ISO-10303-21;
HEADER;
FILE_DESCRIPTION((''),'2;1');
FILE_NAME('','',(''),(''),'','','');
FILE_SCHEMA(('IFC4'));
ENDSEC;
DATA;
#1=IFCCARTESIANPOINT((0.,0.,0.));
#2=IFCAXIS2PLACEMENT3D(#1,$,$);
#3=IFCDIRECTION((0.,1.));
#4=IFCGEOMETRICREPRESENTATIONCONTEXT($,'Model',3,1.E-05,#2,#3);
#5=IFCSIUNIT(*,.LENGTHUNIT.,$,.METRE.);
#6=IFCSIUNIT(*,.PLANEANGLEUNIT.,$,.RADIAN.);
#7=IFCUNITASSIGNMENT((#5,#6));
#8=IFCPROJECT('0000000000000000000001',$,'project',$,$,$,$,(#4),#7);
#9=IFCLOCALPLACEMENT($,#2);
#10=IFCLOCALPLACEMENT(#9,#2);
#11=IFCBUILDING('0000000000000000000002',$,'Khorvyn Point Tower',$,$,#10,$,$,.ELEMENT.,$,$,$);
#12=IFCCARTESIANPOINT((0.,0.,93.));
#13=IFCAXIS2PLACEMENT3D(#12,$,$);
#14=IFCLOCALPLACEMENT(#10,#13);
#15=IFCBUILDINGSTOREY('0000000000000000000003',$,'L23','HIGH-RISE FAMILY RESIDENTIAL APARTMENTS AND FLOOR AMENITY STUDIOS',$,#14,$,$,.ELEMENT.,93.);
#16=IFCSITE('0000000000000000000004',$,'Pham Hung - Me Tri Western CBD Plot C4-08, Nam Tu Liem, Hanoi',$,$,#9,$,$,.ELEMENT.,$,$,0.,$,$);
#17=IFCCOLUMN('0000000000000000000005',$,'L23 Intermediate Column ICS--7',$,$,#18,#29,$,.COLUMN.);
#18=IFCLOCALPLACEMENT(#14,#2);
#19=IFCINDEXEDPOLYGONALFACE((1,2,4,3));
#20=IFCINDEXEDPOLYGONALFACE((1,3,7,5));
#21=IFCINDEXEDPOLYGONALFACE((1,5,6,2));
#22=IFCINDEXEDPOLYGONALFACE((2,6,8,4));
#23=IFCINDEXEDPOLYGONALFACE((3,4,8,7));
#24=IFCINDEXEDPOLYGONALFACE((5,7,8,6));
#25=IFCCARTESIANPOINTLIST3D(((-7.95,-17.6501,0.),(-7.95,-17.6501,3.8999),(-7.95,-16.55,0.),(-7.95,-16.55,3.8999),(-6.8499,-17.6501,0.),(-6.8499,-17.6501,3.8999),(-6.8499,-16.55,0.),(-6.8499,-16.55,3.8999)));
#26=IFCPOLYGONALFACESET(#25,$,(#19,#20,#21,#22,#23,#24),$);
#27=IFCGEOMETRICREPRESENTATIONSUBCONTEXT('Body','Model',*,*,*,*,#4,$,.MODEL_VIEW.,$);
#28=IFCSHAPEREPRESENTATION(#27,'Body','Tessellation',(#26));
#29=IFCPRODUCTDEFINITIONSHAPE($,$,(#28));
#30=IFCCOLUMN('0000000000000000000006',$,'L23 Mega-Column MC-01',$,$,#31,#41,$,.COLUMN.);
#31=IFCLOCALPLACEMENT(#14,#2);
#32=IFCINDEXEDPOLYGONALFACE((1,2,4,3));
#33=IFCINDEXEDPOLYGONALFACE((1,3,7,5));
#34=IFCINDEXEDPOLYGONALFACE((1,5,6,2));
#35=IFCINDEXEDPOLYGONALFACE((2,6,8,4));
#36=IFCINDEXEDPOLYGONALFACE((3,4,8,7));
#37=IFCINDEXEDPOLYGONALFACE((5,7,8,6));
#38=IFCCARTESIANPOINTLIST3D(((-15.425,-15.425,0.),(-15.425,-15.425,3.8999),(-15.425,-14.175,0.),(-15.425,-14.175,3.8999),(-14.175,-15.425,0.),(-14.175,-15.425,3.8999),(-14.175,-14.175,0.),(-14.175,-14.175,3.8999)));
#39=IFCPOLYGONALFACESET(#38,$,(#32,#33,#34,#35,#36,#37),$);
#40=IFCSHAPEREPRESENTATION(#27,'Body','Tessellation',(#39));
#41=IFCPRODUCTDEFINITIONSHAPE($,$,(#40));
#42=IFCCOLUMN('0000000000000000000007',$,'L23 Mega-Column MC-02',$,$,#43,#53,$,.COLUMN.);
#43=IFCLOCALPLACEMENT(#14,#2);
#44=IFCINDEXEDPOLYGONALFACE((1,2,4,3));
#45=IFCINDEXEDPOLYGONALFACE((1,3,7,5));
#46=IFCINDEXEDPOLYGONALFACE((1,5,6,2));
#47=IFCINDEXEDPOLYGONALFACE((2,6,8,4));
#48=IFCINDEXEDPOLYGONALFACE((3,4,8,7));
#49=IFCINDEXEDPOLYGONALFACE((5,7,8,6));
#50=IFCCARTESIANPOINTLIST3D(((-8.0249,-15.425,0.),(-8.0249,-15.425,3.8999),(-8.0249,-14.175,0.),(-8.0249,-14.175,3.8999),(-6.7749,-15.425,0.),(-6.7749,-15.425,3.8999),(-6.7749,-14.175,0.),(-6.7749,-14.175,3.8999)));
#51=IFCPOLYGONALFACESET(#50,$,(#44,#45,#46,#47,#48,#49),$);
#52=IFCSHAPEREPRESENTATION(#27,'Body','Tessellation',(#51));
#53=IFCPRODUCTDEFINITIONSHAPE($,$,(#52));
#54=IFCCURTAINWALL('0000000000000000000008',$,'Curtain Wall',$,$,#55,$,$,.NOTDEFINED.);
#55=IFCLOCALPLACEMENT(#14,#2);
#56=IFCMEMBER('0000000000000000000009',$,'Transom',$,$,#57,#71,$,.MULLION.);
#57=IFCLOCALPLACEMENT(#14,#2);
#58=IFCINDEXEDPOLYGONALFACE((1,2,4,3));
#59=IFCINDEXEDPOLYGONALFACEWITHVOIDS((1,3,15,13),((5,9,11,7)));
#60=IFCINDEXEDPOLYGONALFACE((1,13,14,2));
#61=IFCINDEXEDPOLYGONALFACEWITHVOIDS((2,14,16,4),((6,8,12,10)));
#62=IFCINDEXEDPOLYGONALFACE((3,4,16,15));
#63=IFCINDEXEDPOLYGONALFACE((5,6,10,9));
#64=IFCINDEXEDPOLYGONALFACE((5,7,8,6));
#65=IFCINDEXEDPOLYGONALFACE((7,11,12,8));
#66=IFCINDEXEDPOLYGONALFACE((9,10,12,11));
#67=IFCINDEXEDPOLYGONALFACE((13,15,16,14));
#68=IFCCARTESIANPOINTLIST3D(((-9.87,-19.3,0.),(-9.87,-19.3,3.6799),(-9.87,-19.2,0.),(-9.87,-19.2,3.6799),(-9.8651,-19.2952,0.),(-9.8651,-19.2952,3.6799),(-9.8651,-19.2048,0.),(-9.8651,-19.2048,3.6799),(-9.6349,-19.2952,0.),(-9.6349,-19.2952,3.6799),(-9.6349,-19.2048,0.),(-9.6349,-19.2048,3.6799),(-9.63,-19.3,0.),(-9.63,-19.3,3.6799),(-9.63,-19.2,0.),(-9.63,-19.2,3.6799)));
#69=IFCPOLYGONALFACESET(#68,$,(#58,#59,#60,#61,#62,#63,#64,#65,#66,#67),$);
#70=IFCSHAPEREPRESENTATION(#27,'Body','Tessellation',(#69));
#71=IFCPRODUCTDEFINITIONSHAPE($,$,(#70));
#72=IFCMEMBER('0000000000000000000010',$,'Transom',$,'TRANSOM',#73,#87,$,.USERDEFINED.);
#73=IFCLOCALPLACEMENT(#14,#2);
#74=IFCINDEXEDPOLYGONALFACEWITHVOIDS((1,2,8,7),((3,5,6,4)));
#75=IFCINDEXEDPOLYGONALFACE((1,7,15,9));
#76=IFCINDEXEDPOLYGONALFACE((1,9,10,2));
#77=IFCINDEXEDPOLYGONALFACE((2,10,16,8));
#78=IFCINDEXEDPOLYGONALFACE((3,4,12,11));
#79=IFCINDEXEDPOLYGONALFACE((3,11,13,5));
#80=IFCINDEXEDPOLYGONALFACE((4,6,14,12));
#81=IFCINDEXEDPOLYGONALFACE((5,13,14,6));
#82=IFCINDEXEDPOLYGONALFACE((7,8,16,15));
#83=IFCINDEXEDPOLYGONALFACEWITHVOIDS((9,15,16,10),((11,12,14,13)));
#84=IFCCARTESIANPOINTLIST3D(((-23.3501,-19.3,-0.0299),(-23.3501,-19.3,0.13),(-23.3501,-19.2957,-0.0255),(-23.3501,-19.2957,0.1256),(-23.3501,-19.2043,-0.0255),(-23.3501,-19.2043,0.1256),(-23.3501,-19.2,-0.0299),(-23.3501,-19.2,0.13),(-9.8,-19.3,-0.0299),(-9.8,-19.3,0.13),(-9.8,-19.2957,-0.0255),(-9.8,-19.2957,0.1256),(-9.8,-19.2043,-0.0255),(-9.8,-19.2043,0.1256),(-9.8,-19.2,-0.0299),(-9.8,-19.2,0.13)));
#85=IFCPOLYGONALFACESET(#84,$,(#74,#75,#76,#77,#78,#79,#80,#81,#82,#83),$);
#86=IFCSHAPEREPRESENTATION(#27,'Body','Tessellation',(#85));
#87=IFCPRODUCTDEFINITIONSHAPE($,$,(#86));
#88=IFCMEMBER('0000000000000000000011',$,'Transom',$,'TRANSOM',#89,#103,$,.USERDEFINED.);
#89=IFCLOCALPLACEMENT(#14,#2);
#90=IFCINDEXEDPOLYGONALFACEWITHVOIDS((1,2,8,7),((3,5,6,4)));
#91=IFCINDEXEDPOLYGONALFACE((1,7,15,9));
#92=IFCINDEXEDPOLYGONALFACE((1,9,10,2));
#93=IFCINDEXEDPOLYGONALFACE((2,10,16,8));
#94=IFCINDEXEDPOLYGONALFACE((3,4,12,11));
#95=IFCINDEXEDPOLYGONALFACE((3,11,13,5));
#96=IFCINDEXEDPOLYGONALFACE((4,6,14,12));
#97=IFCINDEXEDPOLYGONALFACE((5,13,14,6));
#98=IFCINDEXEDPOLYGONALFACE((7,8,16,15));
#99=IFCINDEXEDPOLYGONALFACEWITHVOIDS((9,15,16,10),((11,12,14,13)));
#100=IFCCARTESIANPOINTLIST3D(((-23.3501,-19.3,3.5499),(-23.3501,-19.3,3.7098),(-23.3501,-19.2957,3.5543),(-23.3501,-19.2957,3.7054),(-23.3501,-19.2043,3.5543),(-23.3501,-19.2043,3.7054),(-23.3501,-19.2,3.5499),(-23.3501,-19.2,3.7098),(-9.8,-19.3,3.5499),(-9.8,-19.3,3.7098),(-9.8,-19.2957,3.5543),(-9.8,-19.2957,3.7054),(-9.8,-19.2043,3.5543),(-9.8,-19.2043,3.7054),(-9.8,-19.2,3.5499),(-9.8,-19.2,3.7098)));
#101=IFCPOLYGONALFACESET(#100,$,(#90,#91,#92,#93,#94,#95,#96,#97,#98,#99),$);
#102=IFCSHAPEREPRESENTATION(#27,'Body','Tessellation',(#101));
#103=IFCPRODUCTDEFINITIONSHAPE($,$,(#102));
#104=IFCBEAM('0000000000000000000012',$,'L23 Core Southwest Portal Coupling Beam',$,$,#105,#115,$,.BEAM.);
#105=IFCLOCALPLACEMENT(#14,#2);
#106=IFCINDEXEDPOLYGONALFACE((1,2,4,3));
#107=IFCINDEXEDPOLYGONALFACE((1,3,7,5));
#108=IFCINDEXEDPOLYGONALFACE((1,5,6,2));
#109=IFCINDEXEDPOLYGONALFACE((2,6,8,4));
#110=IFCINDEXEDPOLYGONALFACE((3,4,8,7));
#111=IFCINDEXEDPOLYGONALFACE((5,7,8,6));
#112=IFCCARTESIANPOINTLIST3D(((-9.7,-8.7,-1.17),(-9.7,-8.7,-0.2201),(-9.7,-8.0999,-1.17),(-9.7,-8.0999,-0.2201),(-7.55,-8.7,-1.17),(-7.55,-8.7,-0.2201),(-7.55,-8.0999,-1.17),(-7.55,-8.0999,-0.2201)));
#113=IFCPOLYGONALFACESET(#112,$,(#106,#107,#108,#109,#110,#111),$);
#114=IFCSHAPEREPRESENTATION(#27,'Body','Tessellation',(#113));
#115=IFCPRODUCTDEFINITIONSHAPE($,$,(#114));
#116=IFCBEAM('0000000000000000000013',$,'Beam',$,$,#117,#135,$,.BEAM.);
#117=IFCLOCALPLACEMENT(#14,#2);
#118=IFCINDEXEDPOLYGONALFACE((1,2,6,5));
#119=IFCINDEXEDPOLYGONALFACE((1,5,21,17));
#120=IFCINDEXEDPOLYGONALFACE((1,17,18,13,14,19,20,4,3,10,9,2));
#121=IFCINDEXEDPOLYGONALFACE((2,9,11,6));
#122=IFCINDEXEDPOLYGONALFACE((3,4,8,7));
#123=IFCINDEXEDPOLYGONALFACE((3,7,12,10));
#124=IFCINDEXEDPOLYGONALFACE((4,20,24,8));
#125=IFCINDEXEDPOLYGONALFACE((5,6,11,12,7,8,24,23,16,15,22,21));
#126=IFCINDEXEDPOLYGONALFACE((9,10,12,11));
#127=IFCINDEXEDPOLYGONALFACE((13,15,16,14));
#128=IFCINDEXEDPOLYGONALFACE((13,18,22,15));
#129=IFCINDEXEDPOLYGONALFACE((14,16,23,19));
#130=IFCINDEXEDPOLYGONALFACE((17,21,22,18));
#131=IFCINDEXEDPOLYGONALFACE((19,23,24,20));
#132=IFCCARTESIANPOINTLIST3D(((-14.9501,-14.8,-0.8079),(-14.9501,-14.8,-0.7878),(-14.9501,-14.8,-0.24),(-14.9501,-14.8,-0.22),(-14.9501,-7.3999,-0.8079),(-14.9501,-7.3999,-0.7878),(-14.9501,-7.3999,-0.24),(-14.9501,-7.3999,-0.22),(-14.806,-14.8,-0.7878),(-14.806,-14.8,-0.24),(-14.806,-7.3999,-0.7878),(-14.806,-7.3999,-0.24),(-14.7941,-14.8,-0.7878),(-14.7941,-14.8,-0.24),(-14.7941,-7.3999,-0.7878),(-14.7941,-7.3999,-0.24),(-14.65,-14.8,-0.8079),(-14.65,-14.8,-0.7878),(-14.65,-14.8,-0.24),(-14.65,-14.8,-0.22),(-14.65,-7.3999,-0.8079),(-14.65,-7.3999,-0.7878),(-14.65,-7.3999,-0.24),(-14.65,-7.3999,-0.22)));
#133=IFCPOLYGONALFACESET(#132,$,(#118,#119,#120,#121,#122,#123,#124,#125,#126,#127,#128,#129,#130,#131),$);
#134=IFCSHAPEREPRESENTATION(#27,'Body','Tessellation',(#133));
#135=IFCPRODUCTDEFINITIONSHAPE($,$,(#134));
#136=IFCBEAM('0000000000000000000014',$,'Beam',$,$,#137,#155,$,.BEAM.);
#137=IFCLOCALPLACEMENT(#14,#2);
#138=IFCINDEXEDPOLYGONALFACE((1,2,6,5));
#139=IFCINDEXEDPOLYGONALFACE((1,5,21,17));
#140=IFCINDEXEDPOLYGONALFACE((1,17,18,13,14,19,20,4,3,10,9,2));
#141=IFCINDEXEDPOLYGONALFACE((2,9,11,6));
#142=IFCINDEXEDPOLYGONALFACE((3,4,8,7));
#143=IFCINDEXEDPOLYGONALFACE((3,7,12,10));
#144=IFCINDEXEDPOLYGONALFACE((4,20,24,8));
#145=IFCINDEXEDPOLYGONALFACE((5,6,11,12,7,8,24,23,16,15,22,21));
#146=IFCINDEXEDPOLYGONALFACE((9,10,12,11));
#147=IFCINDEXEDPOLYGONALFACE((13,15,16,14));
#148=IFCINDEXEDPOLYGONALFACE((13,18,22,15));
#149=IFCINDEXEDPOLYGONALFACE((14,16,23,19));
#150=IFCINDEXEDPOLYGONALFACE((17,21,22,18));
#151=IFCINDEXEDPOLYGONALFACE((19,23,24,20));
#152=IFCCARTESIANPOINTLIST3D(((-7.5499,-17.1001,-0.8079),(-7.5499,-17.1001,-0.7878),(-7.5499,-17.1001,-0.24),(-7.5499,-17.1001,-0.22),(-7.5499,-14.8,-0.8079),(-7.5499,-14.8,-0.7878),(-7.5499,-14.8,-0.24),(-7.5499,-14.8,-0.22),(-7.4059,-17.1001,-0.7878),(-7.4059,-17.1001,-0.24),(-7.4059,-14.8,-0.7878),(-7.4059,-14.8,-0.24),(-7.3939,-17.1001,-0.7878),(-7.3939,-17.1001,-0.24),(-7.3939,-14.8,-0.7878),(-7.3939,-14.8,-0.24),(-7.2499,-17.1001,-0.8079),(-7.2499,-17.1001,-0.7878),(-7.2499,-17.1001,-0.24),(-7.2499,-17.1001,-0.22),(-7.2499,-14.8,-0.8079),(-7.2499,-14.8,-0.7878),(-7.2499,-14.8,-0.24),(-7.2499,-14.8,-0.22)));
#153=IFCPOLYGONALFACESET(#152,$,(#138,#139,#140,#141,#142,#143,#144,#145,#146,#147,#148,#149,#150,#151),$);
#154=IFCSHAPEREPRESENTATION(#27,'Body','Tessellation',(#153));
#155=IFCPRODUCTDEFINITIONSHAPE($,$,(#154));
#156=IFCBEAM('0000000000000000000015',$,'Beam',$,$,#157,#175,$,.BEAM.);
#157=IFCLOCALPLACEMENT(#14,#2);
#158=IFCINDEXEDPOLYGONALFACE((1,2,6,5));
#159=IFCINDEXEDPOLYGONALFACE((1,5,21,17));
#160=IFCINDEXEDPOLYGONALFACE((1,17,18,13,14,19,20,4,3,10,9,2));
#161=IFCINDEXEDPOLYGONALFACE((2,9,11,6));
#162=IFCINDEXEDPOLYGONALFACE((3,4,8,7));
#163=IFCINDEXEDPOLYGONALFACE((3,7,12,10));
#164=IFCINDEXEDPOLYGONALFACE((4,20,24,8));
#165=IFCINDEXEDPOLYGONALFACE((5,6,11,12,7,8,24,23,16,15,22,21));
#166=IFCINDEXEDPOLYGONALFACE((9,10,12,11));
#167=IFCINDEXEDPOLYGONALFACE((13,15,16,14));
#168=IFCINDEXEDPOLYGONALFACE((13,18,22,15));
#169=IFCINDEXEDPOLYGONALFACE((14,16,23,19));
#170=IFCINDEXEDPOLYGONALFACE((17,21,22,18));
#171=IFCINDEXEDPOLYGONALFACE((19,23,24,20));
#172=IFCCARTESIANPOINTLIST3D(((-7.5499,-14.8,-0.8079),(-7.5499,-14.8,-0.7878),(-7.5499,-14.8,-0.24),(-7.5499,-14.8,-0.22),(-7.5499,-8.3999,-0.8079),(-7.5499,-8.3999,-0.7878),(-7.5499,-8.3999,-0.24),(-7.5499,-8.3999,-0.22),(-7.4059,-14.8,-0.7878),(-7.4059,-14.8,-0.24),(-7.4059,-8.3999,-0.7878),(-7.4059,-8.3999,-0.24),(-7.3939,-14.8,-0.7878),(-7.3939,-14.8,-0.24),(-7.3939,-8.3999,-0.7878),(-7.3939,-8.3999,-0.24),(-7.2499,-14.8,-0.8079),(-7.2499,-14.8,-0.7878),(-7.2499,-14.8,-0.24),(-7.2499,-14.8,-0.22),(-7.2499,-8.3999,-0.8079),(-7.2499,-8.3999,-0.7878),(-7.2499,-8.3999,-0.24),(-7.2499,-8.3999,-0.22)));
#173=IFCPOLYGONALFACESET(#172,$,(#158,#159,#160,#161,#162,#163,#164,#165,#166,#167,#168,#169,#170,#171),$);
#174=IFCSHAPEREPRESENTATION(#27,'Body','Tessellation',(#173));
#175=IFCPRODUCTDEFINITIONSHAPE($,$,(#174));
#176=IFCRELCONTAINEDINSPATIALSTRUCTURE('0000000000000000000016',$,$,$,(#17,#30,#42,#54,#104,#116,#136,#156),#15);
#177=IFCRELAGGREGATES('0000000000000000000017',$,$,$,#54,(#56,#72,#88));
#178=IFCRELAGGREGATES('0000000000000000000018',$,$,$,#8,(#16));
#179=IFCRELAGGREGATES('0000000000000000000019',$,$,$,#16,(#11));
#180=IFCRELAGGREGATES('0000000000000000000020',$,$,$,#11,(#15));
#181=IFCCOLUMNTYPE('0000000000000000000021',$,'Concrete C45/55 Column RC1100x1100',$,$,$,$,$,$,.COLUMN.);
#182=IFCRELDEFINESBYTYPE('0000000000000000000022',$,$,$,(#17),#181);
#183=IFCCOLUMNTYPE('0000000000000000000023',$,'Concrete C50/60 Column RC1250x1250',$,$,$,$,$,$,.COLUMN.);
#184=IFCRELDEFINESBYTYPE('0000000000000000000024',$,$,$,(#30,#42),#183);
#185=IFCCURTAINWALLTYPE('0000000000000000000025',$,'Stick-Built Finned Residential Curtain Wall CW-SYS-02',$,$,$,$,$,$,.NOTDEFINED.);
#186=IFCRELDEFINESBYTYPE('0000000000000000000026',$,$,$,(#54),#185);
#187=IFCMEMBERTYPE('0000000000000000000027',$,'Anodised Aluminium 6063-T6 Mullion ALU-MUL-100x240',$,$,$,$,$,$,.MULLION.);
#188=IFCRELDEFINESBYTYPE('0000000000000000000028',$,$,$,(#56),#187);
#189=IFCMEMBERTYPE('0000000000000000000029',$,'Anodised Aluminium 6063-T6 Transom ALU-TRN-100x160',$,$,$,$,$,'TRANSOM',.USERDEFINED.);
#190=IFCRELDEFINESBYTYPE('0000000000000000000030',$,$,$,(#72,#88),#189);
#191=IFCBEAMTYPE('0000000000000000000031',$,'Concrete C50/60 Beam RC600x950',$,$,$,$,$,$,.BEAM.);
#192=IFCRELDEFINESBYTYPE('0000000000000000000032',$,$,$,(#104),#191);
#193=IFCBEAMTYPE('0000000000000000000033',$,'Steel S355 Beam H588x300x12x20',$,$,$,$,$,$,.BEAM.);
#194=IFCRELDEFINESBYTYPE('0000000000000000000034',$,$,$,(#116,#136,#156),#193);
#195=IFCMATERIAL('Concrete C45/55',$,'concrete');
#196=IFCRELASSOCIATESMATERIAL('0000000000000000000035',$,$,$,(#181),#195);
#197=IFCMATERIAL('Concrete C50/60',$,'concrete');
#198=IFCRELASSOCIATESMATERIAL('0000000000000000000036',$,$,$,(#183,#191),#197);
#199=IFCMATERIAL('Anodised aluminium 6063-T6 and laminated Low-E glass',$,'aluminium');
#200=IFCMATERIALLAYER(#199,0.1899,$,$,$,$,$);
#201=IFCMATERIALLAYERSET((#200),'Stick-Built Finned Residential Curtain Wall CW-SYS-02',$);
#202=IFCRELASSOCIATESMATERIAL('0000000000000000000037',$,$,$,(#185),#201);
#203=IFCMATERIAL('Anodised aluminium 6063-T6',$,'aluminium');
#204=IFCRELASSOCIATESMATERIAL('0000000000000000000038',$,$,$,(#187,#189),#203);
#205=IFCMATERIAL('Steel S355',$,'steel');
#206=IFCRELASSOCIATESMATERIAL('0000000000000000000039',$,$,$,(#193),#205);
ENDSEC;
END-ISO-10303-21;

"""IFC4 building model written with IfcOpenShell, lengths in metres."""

from ifc_helpers import new_model, si_unit, direction, frame, origin, origin_2d, place, context, subcontext, project, spatial, rectangle, hollow_rectangle, i_section, extrude, material, layer, layer_set, material_profile, profile_set, type_object, element, aggregate, save


model = new_model("IFC4")

# Units and contexts
model_context = context("Model", 3, precision=1e-05, world=origin(), true_north=direction((0.0, 1.0)))
body_context = subcontext(model_context, "Body", "Model", "MODEL_VIEW")
ifc_project = project(units=[si_unit("LENGTHUNIT", "METRE"), si_unit("PLANEANGLEUNIT", "RADIAN")], contexts=[model_context])

# Site, building, storey
site_placement = place(None, origin())
site = spatial("IfcSite", under=ifc_project, at=site_placement, Name="Pham Hung - Me Tri Western CBD Plot C4-08, Nam Tu Liem, Hanoi", CompositionType="ELEMENT", RefElevation=0.0)
building_placement = place(site_placement, origin())
building = spatial("IfcBuilding", under=site, at=building_placement, Name="Khorvyn Point Tower", CompositionType="ELEMENT")
storey_placement = place(building_placement, frame((0.0, 0.0, 93.0)))
storey = spatial("IfcBuildingStorey", under=building, at=storey_placement, Name="L23", Description="HIGH-RISE FAMILY RESIDENTIAL APARTMENTS AND FLOOR AMENITY STUDIOS", CompositionType="ELEMENT", Elevation=93.0)

# Columns
ifc_material_1 = material(Name="Concrete C45/55", Category="concrete")
ifc_material_profile_1 = material_profile(ifc_material_1, rectangle(XDim=1.1001, YDim=1.1001, at=origin_2d()))
ifc_profile_set_1 = profile_set([ifc_material_profile_1], Name="Concrete C45/55 RC1100x1100")
column_type_1 = type_object("IfcColumnType", Name="Concrete C45/55 Column RC1100x1100", PredefinedType="COLUMN", material=ifc_profile_set_1)
column_placement = place(storey_placement, frame((-7.3999, -17.1001, 0.0), z_axis=(0.0, 0.0, 1.0), x_axis=(1.0, 0.0, 0.0)))
element("IfcColumn", 1, at=column_placement, inside=storey, type_object=column_type_1, Name="L23 Intermediate Column ICS--7", PredefinedType="COLUMN", context=body_context, shape_type="SweptSolid", body=[
    extrude(rectangle(XDim=1.1001, YDim=1.1001, at=origin_2d()), origin(), (0.0, 0.0, 1.0), 3.8999),
])
ifc_material_2 = material(Name="Concrete C50/60", Category="concrete")
ifc_material_profile_2 = material_profile(ifc_material_2, rectangle(XDim=1.25, YDim=1.25, at=origin_2d()))
ifc_profile_set_2 = profile_set([ifc_material_profile_2], Name="Concrete C50/60 RC1250x1250")
column_type_2 = type_object("IfcColumnType", Name="Concrete C50/60 Column RC1250x1250", PredefinedType="COLUMN", material=ifc_profile_set_2)
for number, where, z_axis, x_axis, name in (
    (2, (-14.8, -14.8, 0.0), (0.0, 0.0, 1.0), (1.0, 0.0, 0.0), "L23 Mega-Column MC-01"),
    (3, (-7.3999, -14.8, 0.0), (0.0, 0.0, 1.0), (1.0, 0.0, 0.0), "L23 Mega-Column MC-02"),
):
    element("IfcColumn", number, at=place(storey_placement, frame(where, z_axis=z_axis, x_axis=x_axis)), inside=storey, type_object=column_type_2, Name=name, PredefinedType="COLUMN", context=body_context, shape_type="SweptSolid", body=[
        extrude(rectangle(XDim=1.25, YDim=1.25, at=origin_2d()), origin(), (0.0, 0.0, 1.0), 3.8999),
    ])

# Curtain wall, members
ifc_material_3 = material(Name="Anodised aluminium 6063-T6 and laminated Low-E glass", Category="aluminium")
ifc_layer_1 = layer(ifc_material_3, 0.1899)
ifc_layer_set_1 = layer_set([ifc_layer_1], Name="Stick-Built Finned Residential Curtain Wall CW-SYS-02")
curtain_wall_type = type_object("IfcCurtainWallType", Name="Stick-Built Finned Residential Curtain Wall CW-SYS-02", PredefinedType="NOTDEFINED", material=ifc_layer_set_1)
curtain_wall_placement = place(storey_placement, origin())
curtain_wall = element("IfcCurtainWall", 4, at=curtain_wall_placement, inside=storey, type_object=curtain_wall_type, Name="Curtain Wall", PredefinedType="NOTDEFINED")
ifc_material_4 = material(Name="Anodised aluminium 6063-T6", Category="aluminium")
ifc_material_profile_3 = material_profile(ifc_material_4, hollow_rectangle(XDim=0.1001, YDim=0.24, WallThickness=0.0049, at=origin_2d()))
ifc_profile_set_3 = profile_set([ifc_material_profile_3], Name="Anodised aluminium 6063-T6 ALU-MUL-100x240")
member_type_1 = type_object("IfcMemberType", Name="Anodised Aluminium 6063-T6 Mullion ALU-MUL-100x240", PredefinedType="MULLION", material=ifc_profile_set_3)
member_1_placement = place(storey_placement, frame((-9.75, -19.25, 0.0), z_axis=(0.0, 0.0, 1.0), x_axis=(0.0, -1.0, 0.0)))
member_1 = element("IfcMember", 5, at=member_1_placement, type_object=member_type_1, Name="Transom", PredefinedType="MULLION", context=body_context, shape_type="SweptSolid", body=[
    extrude(hollow_rectangle(XDim=0.1001, YDim=0.24, WallThickness=0.0049, at=origin_2d()), origin(), (0.0, 0.0, 1.0), 3.6799),
])
ifc_material_profile_4 = material_profile(ifc_material_4, hollow_rectangle(XDim=0.1001, YDim=0.1599, WallThickness=0.0044, at=origin_2d()))
ifc_profile_set_4 = profile_set([ifc_material_profile_4], Name="Anodised aluminium 6063-T6 ALU-TRN-100x160")
member_type_2 = type_object("IfcMemberType", Name="Anodised Aluminium 6063-T6 Transom ALU-TRN-100x160", ElementType="TRANSOM", PredefinedType="USERDEFINED", material=ifc_profile_set_4)
member_2_placement = place(storey_placement, frame((-9.8, -19.25, 0.05), z_axis=(-1.0, 0.0, 0.0), x_axis=(0.0, -1.0, 0.0)))
member_2 = element("IfcMember", 6, at=member_2_placement, type_object=member_type_2, Name="Transom", ObjectType="TRANSOM", PredefinedType="USERDEFINED", context=body_context, shape_type="SweptSolid", body=[
    extrude(hollow_rectangle(XDim=0.1001, YDim=0.1599, WallThickness=0.0044, at=origin_2d()), origin(), (0.0, 0.0, 1.0), 13.55),
])
member_3_placement = place(storey_placement, frame((-9.8, -19.25, 3.6299), z_axis=(-1.0, 0.0, 0.0), x_axis=(0.0, -1.0, 0.0)))
member_3 = element("IfcMember", 7, at=member_3_placement, type_object=member_type_2, Name="Transom", ObjectType="TRANSOM", PredefinedType="USERDEFINED", context=body_context, shape_type="SweptSolid", body=[
    extrude(hollow_rectangle(XDim=0.1001, YDim=0.1599, WallThickness=0.0044, at=origin_2d()), origin(), (0.0, 0.0, 1.0), 13.55),
])

# Beams
ifc_material_profile_5 = material_profile(ifc_material_2, rectangle(XDim=0.6001, YDim=0.95, at=origin_2d()))
ifc_profile_set_5 = profile_set([ifc_material_profile_5], Name="Concrete C50/60 RC600x950")
beam_type_1 = type_object("IfcBeamType", Name="Concrete C50/60 Beam RC600x950", PredefinedType="BEAM", material=ifc_profile_set_5)
beam_1_placement = place(storey_placement, frame((-9.7, -8.3999, -0.6951), z_axis=(1.0, 0.0, 0.0), x_axis=(0.0, 1.0, 0.0)))
element("IfcBeam", 8, at=beam_1_placement, inside=storey, type_object=beam_type_1, Name="L23 Core Southwest Portal Coupling Beam", PredefinedType="BEAM", context=body_context, shape_type="SweptSolid", body=[
    extrude(rectangle(XDim=0.6001, YDim=0.95, at=origin_2d()), origin(), (0.0, 0.0, 1.0), 2.1499),
])
ifc_material_5 = material(Name="Steel S355", Category="steel")
ifc_material_profile_6 = material_profile(ifc_material_5, i_section(OverallWidth=0.3, OverallDepth=0.5879, WebThickness=0.012, FlangeThickness=0.02, at=origin_2d()))
ifc_profile_set_6 = profile_set([ifc_material_profile_6], Name="Steel S355 H588x300x12x20")
beam_type_2 = type_object("IfcBeamType", Name="Steel S355 Beam H588x300x12x20", PredefinedType="BEAM", material=ifc_profile_set_6)
beam_2_placement = place(storey_placement, frame((-14.8, -14.8, -0.5139), z_axis=(0.0, 1.0, 0.0), x_axis=(-1.0, 0.0, 0.0)))
element("IfcBeam", 9, at=beam_2_placement, inside=storey, type_object=beam_type_2, Name="Beam", PredefinedType="BEAM", context=body_context, shape_type="SweptSolid", body=[
    extrude(i_section(OverallWidth=0.3, OverallDepth=0.5879, WebThickness=0.012, FlangeThickness=0.02, at=origin_2d()), origin(), (0.0, 0.0, 1.0), 7.4001),
])
beam_3_placement = place(storey_placement, frame((-7.3999, -17.1001, -0.5139), z_axis=(0.0, 1.0, 0.0), x_axis=(-1.0, 0.0, 0.0)))
element("IfcBeam", 10, at=beam_3_placement, inside=storey, type_object=beam_type_2, Name="Beam", PredefinedType="BEAM", context=body_context, shape_type="SweptSolid", body=[
    extrude(i_section(OverallWidth=0.3, OverallDepth=0.5879, WebThickness=0.012, FlangeThickness=0.02, at=origin_2d()), origin(), (0.0, 0.0, 1.0), 2.3),
])
beam_4_placement = place(storey_placement, frame((-7.3999, -14.8, -0.5139), z_axis=(0.0, 1.0, 0.0), x_axis=(-1.0, 0.0, 0.0)))
element("IfcBeam", 11, at=beam_4_placement, inside=storey, type_object=beam_type_2, Name="Beam", PredefinedType="BEAM", context=body_context, shape_type="SweptSolid", body=[
    extrude(i_section(OverallWidth=0.3, OverallDepth=0.5879, WebThickness=0.012, FlangeThickness=0.02, at=origin_2d()), origin(), (0.0, 0.0, 1.0), 6.4001),
])

aggregate(curtain_wall, [member_1, member_2, member_3])

save(model, "model.ifc")
